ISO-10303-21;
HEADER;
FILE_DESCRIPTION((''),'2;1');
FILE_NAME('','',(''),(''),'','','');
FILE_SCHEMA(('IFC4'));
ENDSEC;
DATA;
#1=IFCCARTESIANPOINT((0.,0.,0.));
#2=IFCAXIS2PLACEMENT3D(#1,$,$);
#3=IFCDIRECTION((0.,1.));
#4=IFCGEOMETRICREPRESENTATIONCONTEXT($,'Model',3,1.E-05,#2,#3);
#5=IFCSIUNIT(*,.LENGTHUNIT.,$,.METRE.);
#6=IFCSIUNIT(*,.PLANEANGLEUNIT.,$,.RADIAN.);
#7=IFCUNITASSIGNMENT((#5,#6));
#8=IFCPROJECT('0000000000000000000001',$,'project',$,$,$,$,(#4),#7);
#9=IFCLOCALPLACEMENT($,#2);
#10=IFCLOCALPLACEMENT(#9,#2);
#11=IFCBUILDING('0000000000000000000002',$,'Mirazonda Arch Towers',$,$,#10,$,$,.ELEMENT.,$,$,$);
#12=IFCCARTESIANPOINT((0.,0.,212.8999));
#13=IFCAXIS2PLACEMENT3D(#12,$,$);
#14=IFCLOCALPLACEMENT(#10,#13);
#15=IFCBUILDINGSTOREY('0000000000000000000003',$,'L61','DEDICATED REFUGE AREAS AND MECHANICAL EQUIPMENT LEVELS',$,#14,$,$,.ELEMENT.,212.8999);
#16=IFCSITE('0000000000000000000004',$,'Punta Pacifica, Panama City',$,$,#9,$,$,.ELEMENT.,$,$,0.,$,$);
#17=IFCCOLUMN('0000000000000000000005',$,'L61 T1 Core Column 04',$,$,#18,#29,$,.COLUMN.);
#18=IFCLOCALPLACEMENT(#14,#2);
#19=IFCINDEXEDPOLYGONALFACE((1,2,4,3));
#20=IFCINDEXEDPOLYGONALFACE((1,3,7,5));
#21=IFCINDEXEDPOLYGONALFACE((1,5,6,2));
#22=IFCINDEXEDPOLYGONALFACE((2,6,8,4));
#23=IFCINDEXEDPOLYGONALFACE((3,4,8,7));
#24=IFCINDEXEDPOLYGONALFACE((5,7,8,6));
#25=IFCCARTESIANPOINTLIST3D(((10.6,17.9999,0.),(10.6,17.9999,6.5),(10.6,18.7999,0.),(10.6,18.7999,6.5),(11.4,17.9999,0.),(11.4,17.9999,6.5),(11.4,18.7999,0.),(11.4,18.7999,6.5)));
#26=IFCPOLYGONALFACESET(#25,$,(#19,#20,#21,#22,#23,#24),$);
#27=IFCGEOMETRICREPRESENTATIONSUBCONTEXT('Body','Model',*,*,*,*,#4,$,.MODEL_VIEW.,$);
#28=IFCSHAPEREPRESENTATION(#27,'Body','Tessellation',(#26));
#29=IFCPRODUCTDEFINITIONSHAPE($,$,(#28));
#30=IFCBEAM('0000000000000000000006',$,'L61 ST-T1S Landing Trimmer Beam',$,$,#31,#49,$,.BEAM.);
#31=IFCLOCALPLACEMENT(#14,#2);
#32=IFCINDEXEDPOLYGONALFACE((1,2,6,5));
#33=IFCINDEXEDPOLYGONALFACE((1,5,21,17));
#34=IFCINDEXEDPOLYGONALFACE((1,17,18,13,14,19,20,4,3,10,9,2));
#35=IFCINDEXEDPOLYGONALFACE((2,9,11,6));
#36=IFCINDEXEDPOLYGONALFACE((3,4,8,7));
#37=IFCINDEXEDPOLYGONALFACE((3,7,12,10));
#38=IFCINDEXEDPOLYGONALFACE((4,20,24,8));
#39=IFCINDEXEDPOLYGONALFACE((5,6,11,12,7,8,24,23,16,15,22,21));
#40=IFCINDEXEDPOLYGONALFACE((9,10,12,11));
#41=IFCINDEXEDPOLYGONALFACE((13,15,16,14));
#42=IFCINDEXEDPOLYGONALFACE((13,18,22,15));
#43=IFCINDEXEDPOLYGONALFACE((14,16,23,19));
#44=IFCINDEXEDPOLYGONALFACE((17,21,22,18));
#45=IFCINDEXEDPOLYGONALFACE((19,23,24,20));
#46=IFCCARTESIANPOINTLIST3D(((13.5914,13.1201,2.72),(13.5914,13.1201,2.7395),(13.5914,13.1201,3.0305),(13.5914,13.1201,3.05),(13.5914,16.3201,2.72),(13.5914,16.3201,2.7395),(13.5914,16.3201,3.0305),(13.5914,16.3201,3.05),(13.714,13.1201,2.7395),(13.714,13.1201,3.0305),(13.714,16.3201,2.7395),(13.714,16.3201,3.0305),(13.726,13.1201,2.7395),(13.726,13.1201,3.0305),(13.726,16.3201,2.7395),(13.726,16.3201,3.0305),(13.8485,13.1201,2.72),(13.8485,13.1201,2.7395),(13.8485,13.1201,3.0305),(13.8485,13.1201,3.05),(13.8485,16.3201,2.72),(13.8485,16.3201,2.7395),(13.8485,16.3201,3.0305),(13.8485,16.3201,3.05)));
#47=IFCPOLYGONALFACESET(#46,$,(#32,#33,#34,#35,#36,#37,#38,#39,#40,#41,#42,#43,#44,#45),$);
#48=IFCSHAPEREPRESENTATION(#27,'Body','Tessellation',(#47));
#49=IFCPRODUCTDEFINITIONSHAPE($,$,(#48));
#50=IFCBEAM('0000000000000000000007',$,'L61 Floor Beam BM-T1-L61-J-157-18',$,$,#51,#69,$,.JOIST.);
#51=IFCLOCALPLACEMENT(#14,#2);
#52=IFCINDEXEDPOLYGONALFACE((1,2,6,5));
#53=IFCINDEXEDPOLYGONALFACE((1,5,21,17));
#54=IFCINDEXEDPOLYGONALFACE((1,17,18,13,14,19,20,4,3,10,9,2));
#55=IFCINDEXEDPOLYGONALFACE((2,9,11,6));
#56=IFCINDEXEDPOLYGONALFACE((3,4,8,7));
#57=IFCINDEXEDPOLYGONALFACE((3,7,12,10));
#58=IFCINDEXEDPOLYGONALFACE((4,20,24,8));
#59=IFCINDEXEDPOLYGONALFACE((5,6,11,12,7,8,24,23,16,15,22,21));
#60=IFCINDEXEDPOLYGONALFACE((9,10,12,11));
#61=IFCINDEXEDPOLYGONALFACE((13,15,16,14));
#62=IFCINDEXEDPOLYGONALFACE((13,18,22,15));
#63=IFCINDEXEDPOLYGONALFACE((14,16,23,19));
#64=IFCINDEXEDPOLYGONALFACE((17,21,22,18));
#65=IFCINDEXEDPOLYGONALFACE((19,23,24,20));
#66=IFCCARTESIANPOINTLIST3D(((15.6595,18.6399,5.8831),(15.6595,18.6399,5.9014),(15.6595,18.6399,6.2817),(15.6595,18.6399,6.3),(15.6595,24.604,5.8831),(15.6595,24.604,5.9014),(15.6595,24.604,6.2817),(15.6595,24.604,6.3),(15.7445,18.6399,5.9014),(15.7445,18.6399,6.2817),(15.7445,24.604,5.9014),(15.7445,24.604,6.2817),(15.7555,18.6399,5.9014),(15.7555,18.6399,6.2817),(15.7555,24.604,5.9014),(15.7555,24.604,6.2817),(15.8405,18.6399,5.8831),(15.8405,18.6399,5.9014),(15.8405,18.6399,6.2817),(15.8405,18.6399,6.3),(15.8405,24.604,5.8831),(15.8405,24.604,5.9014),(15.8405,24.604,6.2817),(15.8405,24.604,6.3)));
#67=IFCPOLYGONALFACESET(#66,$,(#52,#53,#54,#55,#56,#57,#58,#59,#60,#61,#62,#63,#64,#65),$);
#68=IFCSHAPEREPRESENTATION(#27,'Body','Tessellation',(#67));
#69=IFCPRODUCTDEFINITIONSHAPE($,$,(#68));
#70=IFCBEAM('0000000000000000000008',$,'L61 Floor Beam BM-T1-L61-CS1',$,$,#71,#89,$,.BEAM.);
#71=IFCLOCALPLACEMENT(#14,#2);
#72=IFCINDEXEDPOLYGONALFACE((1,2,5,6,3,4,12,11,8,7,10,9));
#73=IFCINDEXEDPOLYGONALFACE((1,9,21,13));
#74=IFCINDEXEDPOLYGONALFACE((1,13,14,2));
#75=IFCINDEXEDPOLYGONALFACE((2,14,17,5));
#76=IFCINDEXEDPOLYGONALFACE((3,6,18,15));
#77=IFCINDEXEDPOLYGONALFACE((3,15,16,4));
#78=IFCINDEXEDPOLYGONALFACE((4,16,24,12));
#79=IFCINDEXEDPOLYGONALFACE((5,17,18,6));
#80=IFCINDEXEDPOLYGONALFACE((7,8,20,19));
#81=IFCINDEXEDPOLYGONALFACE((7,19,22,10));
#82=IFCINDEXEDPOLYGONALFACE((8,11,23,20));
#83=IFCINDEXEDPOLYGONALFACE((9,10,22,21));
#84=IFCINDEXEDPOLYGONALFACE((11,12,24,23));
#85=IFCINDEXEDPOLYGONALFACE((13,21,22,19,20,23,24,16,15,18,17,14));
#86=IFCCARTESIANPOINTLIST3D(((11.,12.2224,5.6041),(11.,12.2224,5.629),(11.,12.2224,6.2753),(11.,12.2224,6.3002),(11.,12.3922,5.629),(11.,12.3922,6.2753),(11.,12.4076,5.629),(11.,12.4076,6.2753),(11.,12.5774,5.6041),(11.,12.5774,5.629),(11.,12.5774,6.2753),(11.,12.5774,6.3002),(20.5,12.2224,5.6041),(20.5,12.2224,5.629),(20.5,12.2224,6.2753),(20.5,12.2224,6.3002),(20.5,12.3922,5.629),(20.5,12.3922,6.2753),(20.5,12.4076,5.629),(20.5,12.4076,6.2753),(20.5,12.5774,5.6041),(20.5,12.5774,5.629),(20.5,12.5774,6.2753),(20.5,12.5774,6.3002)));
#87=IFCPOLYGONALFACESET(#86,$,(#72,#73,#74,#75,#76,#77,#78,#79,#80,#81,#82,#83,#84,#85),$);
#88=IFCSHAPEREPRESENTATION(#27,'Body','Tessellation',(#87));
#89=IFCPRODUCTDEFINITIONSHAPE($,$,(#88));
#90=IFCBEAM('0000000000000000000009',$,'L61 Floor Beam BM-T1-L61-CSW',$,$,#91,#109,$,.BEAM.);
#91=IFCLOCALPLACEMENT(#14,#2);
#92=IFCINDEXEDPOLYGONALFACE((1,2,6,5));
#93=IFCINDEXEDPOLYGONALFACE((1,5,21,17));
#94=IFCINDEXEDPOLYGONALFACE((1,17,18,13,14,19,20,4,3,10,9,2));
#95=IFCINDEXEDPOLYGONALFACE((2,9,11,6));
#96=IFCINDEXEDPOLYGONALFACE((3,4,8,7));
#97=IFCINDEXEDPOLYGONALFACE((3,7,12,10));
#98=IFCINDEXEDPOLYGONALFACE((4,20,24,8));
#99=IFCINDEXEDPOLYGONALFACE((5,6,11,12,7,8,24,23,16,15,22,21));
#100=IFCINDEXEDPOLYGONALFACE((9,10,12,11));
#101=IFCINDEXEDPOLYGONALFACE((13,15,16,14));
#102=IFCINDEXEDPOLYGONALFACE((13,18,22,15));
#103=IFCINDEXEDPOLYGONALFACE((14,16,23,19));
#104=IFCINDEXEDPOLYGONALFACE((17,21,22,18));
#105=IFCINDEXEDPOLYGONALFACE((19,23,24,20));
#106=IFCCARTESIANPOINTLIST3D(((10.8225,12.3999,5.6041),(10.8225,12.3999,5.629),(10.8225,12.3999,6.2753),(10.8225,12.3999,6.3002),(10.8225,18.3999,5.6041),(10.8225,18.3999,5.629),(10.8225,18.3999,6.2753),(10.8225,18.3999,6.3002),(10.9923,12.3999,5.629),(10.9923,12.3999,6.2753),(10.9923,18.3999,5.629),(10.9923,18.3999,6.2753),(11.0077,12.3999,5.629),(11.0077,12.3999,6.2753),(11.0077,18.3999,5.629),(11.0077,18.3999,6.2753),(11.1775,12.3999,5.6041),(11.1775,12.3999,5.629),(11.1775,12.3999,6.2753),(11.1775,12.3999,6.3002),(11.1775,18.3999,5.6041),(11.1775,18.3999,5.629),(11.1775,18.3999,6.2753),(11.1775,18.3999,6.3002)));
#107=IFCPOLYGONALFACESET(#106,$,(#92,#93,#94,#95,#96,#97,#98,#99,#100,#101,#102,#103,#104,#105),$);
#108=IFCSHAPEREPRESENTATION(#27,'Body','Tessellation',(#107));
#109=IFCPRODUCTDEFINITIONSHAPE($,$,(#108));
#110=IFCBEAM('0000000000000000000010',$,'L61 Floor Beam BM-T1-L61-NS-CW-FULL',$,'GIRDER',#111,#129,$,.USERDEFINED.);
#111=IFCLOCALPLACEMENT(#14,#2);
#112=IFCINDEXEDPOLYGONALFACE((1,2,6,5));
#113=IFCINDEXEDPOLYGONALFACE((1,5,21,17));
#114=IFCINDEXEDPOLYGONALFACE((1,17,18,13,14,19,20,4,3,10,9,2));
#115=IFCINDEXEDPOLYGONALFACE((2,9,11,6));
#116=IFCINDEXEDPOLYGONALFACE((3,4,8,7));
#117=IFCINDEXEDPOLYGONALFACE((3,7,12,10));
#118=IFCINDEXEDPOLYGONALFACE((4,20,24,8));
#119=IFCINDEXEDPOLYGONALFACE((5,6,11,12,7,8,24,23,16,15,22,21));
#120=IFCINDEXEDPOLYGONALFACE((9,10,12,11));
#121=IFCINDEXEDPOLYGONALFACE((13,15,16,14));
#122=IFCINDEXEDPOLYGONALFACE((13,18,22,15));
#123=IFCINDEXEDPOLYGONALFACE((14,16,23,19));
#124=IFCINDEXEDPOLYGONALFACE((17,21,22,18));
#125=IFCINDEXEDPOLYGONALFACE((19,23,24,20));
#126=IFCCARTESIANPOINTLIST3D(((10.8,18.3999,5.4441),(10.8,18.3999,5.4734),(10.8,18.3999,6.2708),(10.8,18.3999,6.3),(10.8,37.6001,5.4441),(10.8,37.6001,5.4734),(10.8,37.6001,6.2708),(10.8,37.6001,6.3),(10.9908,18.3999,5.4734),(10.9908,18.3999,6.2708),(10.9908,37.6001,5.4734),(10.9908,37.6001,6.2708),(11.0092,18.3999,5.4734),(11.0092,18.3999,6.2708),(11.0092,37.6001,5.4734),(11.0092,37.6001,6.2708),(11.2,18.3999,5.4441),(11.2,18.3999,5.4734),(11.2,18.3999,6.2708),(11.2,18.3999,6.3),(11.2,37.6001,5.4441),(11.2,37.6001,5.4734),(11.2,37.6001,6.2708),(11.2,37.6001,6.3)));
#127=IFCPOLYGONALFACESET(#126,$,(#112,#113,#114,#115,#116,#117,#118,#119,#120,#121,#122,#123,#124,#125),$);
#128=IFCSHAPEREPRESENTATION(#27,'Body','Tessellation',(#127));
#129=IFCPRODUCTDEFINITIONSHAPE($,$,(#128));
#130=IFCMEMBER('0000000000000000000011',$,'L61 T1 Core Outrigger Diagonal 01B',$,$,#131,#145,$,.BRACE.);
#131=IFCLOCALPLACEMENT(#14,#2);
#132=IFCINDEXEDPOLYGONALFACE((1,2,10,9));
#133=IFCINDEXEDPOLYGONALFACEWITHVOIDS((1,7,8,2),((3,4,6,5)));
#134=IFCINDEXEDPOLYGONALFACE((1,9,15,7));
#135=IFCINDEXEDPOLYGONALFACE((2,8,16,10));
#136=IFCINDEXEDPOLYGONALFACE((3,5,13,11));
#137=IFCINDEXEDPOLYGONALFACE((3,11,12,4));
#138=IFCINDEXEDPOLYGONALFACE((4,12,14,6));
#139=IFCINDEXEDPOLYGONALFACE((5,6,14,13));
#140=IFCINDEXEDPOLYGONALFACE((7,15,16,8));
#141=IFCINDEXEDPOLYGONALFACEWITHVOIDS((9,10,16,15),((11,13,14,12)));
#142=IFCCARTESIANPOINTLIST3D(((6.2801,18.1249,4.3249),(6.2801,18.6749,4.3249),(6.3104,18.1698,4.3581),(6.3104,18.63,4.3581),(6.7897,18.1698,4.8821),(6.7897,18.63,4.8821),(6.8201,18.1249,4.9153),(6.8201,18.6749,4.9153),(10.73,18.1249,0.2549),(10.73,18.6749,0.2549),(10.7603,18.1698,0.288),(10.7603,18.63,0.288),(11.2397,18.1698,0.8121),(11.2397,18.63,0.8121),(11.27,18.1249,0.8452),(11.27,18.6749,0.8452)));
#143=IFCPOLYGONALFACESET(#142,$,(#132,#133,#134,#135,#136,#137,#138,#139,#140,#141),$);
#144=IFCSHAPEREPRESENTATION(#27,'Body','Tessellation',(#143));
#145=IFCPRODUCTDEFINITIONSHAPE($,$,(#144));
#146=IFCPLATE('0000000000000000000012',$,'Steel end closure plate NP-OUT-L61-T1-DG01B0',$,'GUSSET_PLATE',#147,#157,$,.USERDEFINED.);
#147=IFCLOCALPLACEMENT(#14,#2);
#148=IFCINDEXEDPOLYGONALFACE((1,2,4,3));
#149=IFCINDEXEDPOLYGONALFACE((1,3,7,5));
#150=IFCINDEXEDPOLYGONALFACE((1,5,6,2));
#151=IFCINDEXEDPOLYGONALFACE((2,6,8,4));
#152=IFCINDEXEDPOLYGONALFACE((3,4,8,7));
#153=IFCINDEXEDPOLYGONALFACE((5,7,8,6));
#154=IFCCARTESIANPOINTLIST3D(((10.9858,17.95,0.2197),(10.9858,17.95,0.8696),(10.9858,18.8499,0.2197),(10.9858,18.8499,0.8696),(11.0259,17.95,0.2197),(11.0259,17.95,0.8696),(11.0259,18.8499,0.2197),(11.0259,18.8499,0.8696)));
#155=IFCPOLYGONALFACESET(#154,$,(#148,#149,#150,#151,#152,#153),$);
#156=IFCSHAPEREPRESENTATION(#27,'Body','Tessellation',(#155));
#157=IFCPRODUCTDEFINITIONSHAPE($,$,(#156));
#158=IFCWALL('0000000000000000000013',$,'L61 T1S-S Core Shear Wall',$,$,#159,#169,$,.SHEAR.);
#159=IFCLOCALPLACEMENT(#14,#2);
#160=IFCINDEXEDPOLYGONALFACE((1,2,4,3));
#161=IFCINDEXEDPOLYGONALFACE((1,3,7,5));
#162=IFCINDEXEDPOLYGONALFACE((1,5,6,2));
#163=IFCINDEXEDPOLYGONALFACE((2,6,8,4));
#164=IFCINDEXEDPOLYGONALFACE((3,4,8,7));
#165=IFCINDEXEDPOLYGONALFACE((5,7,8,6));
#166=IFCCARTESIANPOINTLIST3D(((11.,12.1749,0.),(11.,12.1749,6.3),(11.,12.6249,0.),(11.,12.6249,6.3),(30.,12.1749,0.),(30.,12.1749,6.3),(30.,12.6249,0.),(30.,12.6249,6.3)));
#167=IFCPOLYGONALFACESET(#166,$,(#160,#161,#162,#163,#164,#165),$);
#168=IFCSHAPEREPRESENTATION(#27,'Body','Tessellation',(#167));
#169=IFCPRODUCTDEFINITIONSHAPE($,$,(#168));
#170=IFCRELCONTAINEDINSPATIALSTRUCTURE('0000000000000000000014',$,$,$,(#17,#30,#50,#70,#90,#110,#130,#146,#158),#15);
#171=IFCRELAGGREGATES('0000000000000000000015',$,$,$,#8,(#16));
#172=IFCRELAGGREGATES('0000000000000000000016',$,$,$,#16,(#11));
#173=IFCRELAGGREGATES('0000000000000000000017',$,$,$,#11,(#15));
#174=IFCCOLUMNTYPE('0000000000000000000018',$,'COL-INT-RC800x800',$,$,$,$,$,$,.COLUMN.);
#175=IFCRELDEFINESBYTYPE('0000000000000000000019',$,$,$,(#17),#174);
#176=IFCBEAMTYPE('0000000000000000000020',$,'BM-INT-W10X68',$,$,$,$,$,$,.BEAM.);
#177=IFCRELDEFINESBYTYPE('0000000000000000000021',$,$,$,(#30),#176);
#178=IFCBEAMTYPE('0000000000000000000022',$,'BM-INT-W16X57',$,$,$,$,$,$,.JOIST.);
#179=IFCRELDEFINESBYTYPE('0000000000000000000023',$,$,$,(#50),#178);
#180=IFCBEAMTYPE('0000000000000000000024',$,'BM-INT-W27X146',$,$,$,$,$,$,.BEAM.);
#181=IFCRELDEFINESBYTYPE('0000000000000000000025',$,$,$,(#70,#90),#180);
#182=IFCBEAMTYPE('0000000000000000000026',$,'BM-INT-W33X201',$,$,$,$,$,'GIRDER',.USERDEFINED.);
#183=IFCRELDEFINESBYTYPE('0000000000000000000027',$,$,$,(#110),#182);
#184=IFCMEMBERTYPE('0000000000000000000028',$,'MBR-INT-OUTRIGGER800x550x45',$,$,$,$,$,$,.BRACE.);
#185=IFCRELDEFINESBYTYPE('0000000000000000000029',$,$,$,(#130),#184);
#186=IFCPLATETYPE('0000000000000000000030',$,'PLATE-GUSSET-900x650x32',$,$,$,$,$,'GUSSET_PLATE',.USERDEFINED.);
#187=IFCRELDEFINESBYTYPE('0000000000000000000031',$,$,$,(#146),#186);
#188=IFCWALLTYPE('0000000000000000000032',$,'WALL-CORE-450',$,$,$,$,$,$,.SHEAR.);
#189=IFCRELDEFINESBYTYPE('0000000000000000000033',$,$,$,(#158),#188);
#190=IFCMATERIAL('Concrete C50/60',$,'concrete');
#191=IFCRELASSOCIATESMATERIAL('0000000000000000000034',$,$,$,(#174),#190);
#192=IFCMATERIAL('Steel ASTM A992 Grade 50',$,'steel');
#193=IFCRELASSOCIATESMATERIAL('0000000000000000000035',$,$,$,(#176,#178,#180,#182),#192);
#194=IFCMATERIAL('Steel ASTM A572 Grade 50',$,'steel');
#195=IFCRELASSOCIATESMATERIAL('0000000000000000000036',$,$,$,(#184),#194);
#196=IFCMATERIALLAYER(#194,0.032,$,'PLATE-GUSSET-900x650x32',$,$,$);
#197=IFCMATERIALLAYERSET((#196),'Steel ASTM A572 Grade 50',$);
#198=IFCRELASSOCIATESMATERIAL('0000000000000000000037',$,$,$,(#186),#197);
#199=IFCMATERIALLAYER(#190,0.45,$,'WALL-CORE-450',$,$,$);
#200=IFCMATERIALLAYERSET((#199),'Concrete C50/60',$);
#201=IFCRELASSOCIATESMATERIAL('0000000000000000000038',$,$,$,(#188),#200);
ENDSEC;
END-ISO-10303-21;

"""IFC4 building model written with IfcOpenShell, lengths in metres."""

from ifc_helpers import new_model, si_unit, direction, frame, frame_2d, origin, origin_2d, place, context, subcontext, project, spatial, rectangle, hollow_rectangle, i_section, extrude, material, layer, layer_set, material_profile, profile_set, type_object, element, save


model = new_model("IFC4")

# Units and contexts
model_context = context("Model", 3, precision=1e-05, world=origin(), true_north=direction((0.0, 1.0)))
body_context = subcontext(model_context, "Body", "Model", "MODEL_VIEW")
ifc_project = project(units=[si_unit("LENGTHUNIT", "METRE"), si_unit("PLANEANGLEUNIT", "RADIAN")], contexts=[model_context])

# Site, building, storey
site_placement = place(None, origin())
site = spatial("IfcSite", under=ifc_project, at=site_placement, Name="Punta Pacifica, Panama City", CompositionType="ELEMENT", RefElevation=0.0)
building_placement = place(site_placement, origin())
building = spatial("IfcBuilding", under=site, at=building_placement, Name="Mirazonda Arch Towers", CompositionType="ELEMENT")
storey_placement = place(building_placement, frame((0.0, 0.0, 212.8999)))
storey = spatial("IfcBuildingStorey", under=building, at=storey_placement, Name="L61", Description="DEDICATED REFUGE AREAS AND MECHANICAL EQUIPMENT LEVELS", CompositionType="ELEMENT", Elevation=212.8999)

# Column
ifc_material_1 = material(Name="Concrete C50/60", Category="concrete")
ifc_material_profile_1 = material_profile(ifc_material_1, rectangle(XDim=0.8, YDim=0.8, at=origin_2d()), Name="RC800x800")
ifc_profile_set_1 = profile_set([ifc_material_profile_1], Name="Concrete C50/60")
column_type = type_object("IfcColumnType", Name="COL-INT-RC800x800", PredefinedType="COLUMN", material=ifc_profile_set_1)
column_placement = place(storey_placement, frame((11.0, 18.3999, 0.0), z_axis=(0.0, 0.0, 1.0), x_axis=(1.0, 0.0, 0.0)))
element("IfcColumn", 1, at=column_placement, inside=storey, type_object=column_type, Name="L61 T1 Core Column 04", PredefinedType="COLUMN", context=body_context, shape_type="SweptSolid", body=[
    extrude(rectangle(XDim=0.8, YDim=0.8, at=origin_2d()), origin(), (0.0, 0.0, 1.0), 6.5),
])

# Beams
ifc_material_2 = material(Name="Steel ASTM A992 Grade 50", Category="steel")
ifc_material_profile_2 = material_profile(ifc_material_2, i_section(OverallWidth=0.2571, OverallDepth=0.3301, WebThickness=0.012, FlangeThickness=0.0195, at=origin_2d()), Name="W10X68")
ifc_profile_set_2 = profile_set([ifc_material_profile_2], Name="Steel ASTM A992 Grade 50")
beam_type_1 = type_object("IfcBeamType", Name="BM-INT-W10X68", PredefinedType="BEAM", material=ifc_profile_set_2)
beam_1_placement = place(storey_placement, frame((13.72, 13.1201, 2.885), z_axis=(0.0, 1.0, 0.0), x_axis=(-1.0, 0.0, 0.0)))
element("IfcBeam", 2, at=beam_1_placement, inside=storey, type_object=beam_type_1, Name="L61 ST-T1S Landing Trimmer Beam", PredefinedType="BEAM", context=body_context, shape_type="SweptSolid", body=[
    extrude(i_section(OverallWidth=0.2571, OverallDepth=0.3301, WebThickness=0.012, FlangeThickness=0.0195, at=origin_2d()), origin(), (0.0, 0.0, 1.0), 3.2),
])
ifc_material_profile_3 = material_profile(ifc_material_2, i_section(OverallWidth=0.1809, OverallDepth=0.417, WebThickness=0.011, FlangeThickness=0.0183, at=origin_2d()), Name="W16X57")
ifc_profile_set_3 = profile_set([ifc_material_profile_3], Name="Steel ASTM A992 Grade 50")
beam_type_2 = type_object("IfcBeamType", Name="BM-INT-W16X57", PredefinedType="JOIST", material=ifc_profile_set_3)
beam_2_placement = place(storey_placement, frame((15.75, 18.6399, 6.0916), z_axis=(0.0, 1.0, 0.0), x_axis=(-1.0, 0.0, 0.0)))
element("IfcBeam", 3, at=beam_2_placement, inside=storey, type_object=beam_type_2, Name="L61 Floor Beam BM-T1-L61-J-157-18", PredefinedType="JOIST", context=body_context, shape_type="SweptSolid", body=[
    extrude(i_section(OverallWidth=0.1809, OverallDepth=0.417, WebThickness=0.011, FlangeThickness=0.0183, at=origin_2d()), origin(), (0.0, 0.0, 1.0), 5.9641),
])
ifc_material_profile_4 = material_profile(ifc_material_2, i_section(OverallWidth=0.355, OverallDepth=0.696, WebThickness=0.0154, FlangeThickness=0.0249, at=origin_2d()), Name="W27X146")
ifc_profile_set_4 = profile_set([ifc_material_profile_4], Name="Steel ASTM A992 Grade 50")
beam_type_3 = type_object("IfcBeamType", Name="BM-INT-W27X146", PredefinedType="BEAM", material=ifc_profile_set_4)
beam_3_placement = place(storey_placement, frame((11.0, 12.3999, 5.9521), z_axis=(1.0, 0.0, 0.0), x_axis=(0.0, 1.0, 0.0)))
element("IfcBeam", 4, at=beam_3_placement, inside=storey, type_object=beam_type_3, Name="L61 Floor Beam BM-T1-L61-CS1", PredefinedType="BEAM", context=body_context, shape_type="SweptSolid", body=[
    extrude(i_section(OverallWidth=0.355, OverallDepth=0.696, WebThickness=0.0154, FlangeThickness=0.0249, at=origin_2d()), origin(), (0.0, 0.0, 1.0), 9.5),
])
beam_4_placement = place(storey_placement, frame((11.0, 12.3999, 5.9521), z_axis=(0.0, 1.0, 0.0), x_axis=(-1.0, 0.0, 0.0)))
element("IfcBeam", 5, at=beam_4_placement, inside=storey, type_object=beam_type_3, Name="L61 Floor Beam BM-T1-L61-CSW", PredefinedType="BEAM", context=body_context, shape_type="SweptSolid", body=[
    extrude(i_section(OverallWidth=0.355, OverallDepth=0.696, WebThickness=0.0154, FlangeThickness=0.0249, at=origin_2d()), origin(), (0.0, 0.0, 1.0), 6.0),
])
ifc_material_profile_5 = material_profile(ifc_material_2, i_section(OverallWidth=0.3999, OverallDepth=0.856, WebThickness=0.0183, FlangeThickness=0.0293, at=origin_2d()), Name="W33X201")
ifc_profile_set_5 = profile_set([ifc_material_profile_5], Name="Steel ASTM A992 Grade 50")
beam_type_4 = type_object("IfcBeamType", Name="BM-INT-W33X201", ElementType="GIRDER", PredefinedType="USERDEFINED", material=ifc_profile_set_5)
beam_5_placement = place(storey_placement, frame((11.0, 18.3999, 5.8721), z_axis=(0.0, 1.0, 0.0), x_axis=(-1.0, 0.0, 0.0)))
element("IfcBeam", 6, at=beam_5_placement, inside=storey, type_object=beam_type_4, Name="L61 Floor Beam BM-T1-L61-NS-CW-FULL", ObjectType="GIRDER", PredefinedType="USERDEFINED", context=body_context, shape_type="SweptSolid", body=[
    extrude(i_section(OverallWidth=0.3999, OverallDepth=0.856, WebThickness=0.0183, FlangeThickness=0.0293, at=origin_2d()), origin(), (0.0, 0.0, 1.0), 19.2002),
])

# Member
ifc_material_3 = material(Name="Steel ASTM A572 Grade 50", Category="steel")
ifc_material_profile_6 = material_profile(ifc_material_3, hollow_rectangle(XDim=0.55, YDim=0.8, WallThickness=0.0449, at=origin_2d()), Name="OUTRIGGER800x550x45")
ifc_profile_set_6 = profile_set([ifc_material_profile_6], Name="Steel ASTM A572 Grade 50")
member_type = type_object("IfcMemberType", Name="MBR-INT-OUTRIGGER800x550x45", PredefinedType="BRACE", material=ifc_profile_set_6)
member_placement = place(storey_placement, frame((11.0, 18.3999, 0.55), z_axis=(-0.737901, 0.0, 0.674908), x_axis=(0.0, -1.0, 0.0)))
element("IfcMember", 7, at=member_placement, inside=storey, type_object=member_type, Name="L61 T1 Core Outrigger Diagonal 01B", PredefinedType="BRACE", context=body_context, shape_type="SweptSolid", body=[
    extrude(hollow_rectangle(XDim=0.55, YDim=0.8, WallThickness=0.0449, at=origin_2d()), origin(), (0.0, 0.0, 1.0), 6.0305),
])

# Plate
ifc_layer_1 = layer(ifc_material_3, 0.032, Name="PLATE-GUSSET-900x650x32")
ifc_layer_set_1 = layer_set([ifc_layer_1], Name="Steel ASTM A572 Grade 50")
plate_type = type_object("IfcPlateType", Name="PLATE-GUSSET-900x650x32", ElementType="GUSSET_PLATE", PredefinedType="USERDEFINED", material=ifc_layer_set_1)
plate_placement = place(storey_placement, frame((11.0059, 18.3999, 0.2197), z_axis=(0.0, 0.0, 1.0), x_axis=(1.0, 0.0, 0.0)))
element("IfcPlate", 8, at=plate_placement, inside=storey, type_object=plate_type, Name="Steel end closure plate NP-OUT-L61-T1-DG01B0", ObjectType="GUSSET_PLATE", PredefinedType="USERDEFINED", context=body_context, shape_type="SweptSolid", body=[
    extrude(rectangle(XDim=0.04, YDim=0.8999, at=origin_2d()), origin(), (0.0, 0.0, 1.0), 0.6499),
])

# Wall
ifc_layer_2 = layer(ifc_material_1, 0.45, Name="WALL-CORE-450")
ifc_layer_set_2 = layer_set([ifc_layer_2], Name="Concrete C50/60")
wall_type_1 = type_object("IfcWallType", Name="WALL-CORE-450", PredefinedType="SHEAR", material=ifc_layer_set_2)
wall_1_placement = place(storey_placement, frame((11.0, 12.3999, 0.0), z_axis=(0.0, 0.0, 1.0), x_axis=(1.0, 0.0, 0.0)))
element("IfcWall", 9, at=wall_1_placement, inside=storey, type_object=wall_type_1, Name="L61 T1S-S Core Shear Wall", PredefinedType="SHEAR", context=body_context, shape_type="SweptSolid", body=[
    extrude(rectangle(XDim=19.0, YDim=0.45, at=frame_2d((9.5, 0.0))), origin(), (0.0, 0.0, 1.0), 6.3),
])

save(model, "model.ifc")
